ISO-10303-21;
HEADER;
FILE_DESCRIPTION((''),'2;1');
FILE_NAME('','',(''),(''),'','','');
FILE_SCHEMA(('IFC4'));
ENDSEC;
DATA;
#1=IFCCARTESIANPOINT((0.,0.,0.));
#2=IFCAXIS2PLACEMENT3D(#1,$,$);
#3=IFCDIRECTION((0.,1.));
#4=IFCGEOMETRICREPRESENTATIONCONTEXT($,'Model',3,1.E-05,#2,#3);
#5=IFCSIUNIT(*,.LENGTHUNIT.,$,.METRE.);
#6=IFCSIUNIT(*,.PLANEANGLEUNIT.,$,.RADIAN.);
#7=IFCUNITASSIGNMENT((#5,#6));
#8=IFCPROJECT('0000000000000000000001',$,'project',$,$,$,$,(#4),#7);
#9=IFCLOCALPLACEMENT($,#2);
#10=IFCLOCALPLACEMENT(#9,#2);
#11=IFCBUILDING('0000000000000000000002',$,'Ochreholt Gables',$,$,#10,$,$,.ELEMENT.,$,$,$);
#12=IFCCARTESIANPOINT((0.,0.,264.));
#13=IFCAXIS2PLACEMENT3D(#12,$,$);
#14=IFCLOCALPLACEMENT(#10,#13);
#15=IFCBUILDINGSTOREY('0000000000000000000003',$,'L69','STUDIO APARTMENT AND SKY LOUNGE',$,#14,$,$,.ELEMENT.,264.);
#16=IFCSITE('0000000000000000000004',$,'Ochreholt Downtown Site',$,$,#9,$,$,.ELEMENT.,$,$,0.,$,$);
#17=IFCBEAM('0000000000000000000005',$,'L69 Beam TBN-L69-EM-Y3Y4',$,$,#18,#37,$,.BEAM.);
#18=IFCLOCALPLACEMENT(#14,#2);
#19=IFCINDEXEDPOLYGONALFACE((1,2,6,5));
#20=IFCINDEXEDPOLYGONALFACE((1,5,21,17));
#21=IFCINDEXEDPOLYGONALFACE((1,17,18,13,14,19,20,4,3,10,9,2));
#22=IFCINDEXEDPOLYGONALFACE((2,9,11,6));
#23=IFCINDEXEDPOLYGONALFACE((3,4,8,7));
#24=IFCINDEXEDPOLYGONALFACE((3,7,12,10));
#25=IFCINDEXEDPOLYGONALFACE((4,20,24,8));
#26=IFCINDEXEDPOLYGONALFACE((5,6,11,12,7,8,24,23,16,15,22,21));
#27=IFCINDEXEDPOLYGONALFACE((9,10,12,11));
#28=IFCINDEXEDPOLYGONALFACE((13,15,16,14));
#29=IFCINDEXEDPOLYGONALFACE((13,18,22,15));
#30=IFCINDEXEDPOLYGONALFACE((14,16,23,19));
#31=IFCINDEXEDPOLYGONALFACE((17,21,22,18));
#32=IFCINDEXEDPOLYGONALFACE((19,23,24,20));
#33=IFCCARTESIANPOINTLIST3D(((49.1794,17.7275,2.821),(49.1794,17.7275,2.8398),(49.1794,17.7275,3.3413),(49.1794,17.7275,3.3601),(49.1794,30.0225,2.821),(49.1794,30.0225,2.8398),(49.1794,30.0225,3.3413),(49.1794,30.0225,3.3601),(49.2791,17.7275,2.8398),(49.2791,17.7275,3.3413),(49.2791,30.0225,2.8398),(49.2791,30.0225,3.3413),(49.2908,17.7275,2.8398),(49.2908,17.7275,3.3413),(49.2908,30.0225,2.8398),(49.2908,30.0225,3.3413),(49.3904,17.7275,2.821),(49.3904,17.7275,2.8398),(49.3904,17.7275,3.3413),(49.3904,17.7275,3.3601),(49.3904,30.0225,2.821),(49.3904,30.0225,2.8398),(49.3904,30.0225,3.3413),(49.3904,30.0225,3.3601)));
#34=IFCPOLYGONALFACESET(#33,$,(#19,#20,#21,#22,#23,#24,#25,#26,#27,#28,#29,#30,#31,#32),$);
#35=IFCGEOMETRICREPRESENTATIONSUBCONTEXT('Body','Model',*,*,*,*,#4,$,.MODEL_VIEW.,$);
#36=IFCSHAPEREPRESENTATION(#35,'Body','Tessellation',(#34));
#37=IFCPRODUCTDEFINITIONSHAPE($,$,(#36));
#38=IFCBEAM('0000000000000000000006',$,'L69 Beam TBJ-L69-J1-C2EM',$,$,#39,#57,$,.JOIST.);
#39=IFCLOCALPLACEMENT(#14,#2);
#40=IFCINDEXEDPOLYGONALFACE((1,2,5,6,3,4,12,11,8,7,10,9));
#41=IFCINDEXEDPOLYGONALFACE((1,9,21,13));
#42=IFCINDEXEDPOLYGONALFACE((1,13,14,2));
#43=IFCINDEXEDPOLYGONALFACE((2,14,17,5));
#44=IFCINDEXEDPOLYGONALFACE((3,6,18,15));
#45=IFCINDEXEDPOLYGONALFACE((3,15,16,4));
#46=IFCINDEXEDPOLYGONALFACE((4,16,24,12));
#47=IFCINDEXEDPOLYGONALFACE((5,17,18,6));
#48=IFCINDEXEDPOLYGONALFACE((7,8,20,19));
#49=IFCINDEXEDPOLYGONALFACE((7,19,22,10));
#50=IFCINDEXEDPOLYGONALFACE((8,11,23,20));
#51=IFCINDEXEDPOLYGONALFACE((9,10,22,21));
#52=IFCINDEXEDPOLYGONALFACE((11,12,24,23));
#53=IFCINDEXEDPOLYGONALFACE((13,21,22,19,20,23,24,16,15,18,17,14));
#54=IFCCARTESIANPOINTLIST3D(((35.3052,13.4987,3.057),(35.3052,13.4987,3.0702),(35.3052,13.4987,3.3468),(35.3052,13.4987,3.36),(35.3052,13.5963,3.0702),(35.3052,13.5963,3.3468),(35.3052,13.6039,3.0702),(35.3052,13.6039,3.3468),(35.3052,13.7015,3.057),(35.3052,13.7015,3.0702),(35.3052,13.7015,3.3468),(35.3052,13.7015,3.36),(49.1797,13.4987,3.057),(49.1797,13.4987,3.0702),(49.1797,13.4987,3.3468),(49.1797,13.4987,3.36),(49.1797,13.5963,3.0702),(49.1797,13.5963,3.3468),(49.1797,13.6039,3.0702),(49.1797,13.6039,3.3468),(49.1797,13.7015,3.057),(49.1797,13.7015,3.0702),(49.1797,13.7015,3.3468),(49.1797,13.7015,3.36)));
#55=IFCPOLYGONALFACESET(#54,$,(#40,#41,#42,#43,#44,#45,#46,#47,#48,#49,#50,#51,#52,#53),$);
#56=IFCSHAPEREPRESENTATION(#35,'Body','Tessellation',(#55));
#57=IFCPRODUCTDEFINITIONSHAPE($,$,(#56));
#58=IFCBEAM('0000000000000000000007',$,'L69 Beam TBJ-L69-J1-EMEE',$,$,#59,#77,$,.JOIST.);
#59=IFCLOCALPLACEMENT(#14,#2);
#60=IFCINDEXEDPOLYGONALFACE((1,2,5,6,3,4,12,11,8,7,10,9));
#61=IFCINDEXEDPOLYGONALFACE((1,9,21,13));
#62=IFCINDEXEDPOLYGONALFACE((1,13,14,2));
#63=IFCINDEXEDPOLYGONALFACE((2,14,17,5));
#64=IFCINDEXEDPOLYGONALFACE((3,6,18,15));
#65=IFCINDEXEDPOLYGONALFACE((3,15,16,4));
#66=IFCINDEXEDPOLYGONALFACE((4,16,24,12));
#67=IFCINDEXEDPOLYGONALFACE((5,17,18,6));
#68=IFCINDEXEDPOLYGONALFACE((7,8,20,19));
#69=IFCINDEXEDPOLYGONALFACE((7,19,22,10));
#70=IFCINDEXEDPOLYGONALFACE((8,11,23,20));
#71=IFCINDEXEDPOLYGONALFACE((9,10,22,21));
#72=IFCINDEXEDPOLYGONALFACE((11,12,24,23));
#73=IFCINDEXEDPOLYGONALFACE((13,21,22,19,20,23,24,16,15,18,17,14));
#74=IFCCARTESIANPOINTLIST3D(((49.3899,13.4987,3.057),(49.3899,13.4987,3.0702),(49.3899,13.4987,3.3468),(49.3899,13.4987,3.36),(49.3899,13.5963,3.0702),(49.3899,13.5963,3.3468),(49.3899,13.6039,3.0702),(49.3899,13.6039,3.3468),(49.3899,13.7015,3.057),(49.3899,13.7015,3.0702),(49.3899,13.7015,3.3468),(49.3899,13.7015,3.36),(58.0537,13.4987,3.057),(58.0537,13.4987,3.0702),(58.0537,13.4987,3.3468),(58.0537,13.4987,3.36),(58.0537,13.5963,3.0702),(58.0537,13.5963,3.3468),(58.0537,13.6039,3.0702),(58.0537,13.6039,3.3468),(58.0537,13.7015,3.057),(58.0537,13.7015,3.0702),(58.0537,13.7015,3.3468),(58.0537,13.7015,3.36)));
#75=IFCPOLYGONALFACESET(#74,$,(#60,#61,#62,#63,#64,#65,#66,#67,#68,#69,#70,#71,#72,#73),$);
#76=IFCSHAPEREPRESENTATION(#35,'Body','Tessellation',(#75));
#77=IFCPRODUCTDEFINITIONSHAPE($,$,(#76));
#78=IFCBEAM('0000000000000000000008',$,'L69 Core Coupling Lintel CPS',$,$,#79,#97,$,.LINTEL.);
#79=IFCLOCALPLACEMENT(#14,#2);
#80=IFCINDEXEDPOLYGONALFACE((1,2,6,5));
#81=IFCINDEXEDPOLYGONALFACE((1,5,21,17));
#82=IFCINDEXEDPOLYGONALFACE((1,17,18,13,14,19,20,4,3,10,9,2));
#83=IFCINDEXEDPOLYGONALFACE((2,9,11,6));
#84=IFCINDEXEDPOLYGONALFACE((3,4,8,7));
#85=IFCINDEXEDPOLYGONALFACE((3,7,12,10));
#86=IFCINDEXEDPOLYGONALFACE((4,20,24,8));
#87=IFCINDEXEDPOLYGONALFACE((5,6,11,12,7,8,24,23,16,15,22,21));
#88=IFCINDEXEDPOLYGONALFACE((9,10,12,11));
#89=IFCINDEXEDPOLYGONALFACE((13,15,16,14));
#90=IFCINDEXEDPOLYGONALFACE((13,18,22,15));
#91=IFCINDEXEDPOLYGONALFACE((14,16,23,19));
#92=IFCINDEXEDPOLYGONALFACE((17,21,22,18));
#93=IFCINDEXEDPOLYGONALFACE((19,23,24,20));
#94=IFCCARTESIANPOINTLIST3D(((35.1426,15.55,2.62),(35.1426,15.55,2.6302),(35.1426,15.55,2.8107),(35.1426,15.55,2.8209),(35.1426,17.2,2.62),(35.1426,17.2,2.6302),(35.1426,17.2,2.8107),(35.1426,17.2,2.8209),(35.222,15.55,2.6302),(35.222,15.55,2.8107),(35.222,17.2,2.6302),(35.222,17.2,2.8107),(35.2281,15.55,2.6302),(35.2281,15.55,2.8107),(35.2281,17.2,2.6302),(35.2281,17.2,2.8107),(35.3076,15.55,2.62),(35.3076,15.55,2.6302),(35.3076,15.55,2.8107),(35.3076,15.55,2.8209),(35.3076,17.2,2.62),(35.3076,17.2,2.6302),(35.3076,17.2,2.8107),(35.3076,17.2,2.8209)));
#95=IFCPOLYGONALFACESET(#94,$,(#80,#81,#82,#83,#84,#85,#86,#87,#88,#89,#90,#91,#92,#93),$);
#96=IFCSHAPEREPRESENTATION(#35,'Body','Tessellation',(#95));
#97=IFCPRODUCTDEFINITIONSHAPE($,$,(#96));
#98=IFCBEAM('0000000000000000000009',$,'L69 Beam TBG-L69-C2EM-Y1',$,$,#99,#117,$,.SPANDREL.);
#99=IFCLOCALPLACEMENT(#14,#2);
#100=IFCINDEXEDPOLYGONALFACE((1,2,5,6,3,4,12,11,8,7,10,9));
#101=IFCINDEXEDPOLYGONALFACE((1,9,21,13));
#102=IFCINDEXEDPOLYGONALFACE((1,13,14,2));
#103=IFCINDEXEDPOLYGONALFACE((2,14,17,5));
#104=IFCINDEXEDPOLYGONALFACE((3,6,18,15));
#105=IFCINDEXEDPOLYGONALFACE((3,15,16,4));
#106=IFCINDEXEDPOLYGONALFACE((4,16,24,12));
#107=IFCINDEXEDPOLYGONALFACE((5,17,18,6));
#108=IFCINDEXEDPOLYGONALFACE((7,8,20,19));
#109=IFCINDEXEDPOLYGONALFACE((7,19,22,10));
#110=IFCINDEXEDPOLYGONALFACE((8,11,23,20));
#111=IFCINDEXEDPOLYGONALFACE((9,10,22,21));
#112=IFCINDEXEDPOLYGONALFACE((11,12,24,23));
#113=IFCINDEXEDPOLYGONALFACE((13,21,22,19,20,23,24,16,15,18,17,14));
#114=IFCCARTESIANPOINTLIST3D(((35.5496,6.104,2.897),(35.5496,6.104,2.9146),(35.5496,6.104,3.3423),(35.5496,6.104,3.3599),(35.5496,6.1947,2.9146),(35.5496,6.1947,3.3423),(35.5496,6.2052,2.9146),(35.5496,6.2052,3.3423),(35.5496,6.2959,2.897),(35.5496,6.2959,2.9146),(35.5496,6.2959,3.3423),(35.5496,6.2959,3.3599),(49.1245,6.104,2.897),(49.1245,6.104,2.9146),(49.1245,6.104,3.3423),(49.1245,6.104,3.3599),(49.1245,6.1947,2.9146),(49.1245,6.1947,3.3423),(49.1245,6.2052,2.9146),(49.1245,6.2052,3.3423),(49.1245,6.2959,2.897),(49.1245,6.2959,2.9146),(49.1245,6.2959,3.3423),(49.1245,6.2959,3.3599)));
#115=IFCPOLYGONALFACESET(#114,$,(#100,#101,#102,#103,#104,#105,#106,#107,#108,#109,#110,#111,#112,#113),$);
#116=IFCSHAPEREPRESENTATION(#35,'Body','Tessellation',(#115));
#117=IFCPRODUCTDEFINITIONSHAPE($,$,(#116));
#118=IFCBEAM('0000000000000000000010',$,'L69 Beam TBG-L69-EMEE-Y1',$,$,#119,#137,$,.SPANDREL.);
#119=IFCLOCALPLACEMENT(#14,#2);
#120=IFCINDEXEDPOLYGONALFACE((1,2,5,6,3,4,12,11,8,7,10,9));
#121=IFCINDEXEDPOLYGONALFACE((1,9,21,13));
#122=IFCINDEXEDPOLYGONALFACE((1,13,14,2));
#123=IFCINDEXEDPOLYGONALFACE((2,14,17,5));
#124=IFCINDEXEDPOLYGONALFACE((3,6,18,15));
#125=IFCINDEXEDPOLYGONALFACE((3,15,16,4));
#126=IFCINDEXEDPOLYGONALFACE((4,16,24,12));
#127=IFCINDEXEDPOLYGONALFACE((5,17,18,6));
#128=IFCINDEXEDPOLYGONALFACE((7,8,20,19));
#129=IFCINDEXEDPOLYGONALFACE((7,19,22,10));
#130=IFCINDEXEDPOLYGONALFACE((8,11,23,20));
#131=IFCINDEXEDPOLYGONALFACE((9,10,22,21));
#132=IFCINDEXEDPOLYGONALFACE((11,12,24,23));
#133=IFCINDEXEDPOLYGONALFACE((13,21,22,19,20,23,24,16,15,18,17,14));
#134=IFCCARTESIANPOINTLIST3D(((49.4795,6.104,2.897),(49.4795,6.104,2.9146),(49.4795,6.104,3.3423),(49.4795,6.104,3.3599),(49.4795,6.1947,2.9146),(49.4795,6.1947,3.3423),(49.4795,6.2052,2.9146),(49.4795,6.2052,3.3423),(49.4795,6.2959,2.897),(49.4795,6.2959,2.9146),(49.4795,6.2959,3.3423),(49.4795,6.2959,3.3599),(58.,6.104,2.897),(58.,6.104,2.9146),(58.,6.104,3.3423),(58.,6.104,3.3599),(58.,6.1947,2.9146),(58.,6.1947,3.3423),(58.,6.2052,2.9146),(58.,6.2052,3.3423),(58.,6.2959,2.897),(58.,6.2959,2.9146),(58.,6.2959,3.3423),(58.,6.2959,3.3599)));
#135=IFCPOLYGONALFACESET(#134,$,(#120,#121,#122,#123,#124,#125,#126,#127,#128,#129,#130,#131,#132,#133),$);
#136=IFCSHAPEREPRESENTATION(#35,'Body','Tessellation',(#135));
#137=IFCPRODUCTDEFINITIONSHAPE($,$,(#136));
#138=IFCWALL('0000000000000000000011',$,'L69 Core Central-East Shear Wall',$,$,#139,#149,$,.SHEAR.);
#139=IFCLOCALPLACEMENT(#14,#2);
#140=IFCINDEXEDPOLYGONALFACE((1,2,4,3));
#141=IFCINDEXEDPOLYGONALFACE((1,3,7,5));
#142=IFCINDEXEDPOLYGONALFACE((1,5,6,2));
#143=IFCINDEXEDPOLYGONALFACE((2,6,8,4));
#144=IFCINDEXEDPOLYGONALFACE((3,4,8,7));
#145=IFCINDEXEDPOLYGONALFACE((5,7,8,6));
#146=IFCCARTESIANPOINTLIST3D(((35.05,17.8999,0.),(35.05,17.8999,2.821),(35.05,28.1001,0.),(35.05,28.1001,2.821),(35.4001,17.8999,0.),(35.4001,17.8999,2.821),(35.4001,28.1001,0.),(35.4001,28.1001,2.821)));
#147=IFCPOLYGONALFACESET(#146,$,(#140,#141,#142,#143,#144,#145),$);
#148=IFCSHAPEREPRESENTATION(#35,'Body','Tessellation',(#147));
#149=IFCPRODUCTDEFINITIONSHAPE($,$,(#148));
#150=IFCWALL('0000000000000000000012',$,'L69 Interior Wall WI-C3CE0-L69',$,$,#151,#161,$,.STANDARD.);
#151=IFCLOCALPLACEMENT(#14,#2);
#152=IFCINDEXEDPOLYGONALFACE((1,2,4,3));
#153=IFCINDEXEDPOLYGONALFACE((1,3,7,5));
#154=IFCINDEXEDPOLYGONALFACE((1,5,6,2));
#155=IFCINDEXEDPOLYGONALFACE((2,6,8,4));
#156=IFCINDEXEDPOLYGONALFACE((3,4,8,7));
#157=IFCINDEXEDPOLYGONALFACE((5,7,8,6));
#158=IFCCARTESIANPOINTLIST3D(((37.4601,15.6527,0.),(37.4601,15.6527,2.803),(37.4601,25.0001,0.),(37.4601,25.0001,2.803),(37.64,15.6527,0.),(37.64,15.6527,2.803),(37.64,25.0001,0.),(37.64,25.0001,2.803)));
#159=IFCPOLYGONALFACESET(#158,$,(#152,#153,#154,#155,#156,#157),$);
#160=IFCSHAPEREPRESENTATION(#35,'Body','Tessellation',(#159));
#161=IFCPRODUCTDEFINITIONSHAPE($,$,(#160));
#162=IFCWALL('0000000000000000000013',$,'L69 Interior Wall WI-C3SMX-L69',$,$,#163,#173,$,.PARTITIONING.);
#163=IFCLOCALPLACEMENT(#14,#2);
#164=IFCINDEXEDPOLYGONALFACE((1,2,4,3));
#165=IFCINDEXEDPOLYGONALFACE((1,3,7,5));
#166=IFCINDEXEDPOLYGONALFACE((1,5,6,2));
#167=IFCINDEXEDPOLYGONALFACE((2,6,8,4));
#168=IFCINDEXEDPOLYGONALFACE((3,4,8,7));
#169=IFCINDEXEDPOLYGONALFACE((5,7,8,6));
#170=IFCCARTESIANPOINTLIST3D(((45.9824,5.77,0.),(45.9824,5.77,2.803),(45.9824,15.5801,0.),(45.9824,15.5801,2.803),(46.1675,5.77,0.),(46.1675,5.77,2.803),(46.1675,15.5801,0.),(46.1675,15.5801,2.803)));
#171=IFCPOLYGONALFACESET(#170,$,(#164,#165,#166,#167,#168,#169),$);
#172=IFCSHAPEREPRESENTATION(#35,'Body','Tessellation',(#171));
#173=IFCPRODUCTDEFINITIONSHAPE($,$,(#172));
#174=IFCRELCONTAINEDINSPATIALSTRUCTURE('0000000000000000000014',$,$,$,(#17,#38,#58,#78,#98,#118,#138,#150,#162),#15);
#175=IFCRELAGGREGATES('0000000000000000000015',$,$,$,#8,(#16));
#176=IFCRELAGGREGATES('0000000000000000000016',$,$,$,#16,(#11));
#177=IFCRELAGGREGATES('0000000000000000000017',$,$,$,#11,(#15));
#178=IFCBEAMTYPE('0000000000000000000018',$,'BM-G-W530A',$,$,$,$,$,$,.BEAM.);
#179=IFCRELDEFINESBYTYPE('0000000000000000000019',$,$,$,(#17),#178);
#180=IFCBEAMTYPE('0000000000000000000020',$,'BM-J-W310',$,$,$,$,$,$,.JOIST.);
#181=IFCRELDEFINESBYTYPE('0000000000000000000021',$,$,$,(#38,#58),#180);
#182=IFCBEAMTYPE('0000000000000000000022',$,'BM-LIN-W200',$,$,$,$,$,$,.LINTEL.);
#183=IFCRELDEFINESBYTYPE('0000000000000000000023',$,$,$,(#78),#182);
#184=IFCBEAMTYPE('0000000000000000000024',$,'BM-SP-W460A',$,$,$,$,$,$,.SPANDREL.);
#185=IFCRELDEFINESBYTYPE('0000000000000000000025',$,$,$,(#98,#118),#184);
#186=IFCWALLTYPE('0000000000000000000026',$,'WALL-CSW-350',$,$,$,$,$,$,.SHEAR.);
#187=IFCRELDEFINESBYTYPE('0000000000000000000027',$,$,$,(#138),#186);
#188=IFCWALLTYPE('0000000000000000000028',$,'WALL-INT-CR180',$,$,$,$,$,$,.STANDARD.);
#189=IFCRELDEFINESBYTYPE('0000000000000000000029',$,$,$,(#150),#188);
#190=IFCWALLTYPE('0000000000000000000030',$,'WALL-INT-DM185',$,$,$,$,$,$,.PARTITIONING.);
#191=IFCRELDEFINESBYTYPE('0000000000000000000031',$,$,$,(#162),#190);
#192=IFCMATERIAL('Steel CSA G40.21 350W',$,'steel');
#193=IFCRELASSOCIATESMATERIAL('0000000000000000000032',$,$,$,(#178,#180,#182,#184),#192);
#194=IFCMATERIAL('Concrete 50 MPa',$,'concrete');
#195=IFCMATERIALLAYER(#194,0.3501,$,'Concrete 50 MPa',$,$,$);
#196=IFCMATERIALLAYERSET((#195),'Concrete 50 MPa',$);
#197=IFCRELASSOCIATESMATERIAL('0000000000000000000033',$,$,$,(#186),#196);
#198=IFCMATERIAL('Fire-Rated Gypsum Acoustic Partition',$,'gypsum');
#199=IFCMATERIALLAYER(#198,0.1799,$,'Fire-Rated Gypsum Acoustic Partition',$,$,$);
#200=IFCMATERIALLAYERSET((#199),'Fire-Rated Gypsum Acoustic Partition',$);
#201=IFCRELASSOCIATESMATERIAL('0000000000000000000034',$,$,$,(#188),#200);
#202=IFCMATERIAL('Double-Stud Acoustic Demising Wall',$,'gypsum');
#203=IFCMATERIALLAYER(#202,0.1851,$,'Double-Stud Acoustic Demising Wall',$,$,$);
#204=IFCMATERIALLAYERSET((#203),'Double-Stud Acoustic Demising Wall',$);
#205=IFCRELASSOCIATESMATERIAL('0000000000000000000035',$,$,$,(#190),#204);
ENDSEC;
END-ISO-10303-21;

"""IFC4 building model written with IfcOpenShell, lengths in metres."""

from ifc_helpers import new_model, si_unit, direction, frame, frame_2d, origin, origin_2d, place, context, subcontext, project, spatial, rectangle, i_section, extrude, material, layer, layer_set, material_profile, profile_set, type_object, element, save


model = new_model("IFC4")

# Units and contexts
model_context = context("Model", 3, precision=1e-05, world=origin(), true_north=direction((0.0, 1.0)))
body_context = subcontext(model_context, "Body", "Model", "MODEL_VIEW")
ifc_project = project(units=[si_unit("LENGTHUNIT", "METRE"), si_unit("PLANEANGLEUNIT", "RADIAN")], contexts=[model_context])

# Site, building, storey
site_placement = place(None, origin())
site = spatial("IfcSite", under=ifc_project, at=site_placement, Name="Ochreholt Downtown Site", CompositionType="ELEMENT", RefElevation=0.0)
building_placement = place(site_placement, origin())
building = spatial("IfcBuilding", under=site, at=building_placement, Name="Ochreholt Gables", CompositionType="ELEMENT")
storey_placement = place(building_placement, frame((0.0, 0.0, 264.0)))
storey = spatial("IfcBuildingStorey", under=building, at=storey_placement, Name="L69", Description="STUDIO APARTMENT AND SKY LOUNGE", CompositionType="ELEMENT", Elevation=264.0)

# Shared definitions
ifc_material_1 = material(Name="Steel CSA G40.21 350W", Category="steel")

# Beams
ifc_material_profile_1 = material_profile(ifc_material_1, i_section(OverallWidth=0.2109, OverallDepth=0.5391, WebThickness=0.0117, FlangeThickness=0.0188, at=origin_2d()), Name="W530X109")
ifc_profile_set_1 = profile_set([ifc_material_profile_1], Name="Steel CSA G40.21 350W")
beam_type_1 = type_object("IfcBeamType", Name="BM-G-W530A", PredefinedType="BEAM", material=ifc_profile_set_1)
beam_1_placement = place(storey_placement, frame((49.2849, 17.7275, 3.0906), z_axis=(0.0, 1.0, 0.0), x_axis=(-1.0, 0.0, 0.0)))
element("IfcBeam", 1, at=beam_1_placement, inside=storey, type_object=beam_type_1, Name="L69 Beam TBN-L69-EM-Y3Y4", PredefinedType="BEAM", context=body_context, shape_type="SweptSolid", body=[
    extrude(i_section(OverallWidth=0.2109, OverallDepth=0.5391, WebThickness=0.0117, FlangeThickness=0.0188, at=origin_2d()), origin(), (0.0, 0.0, 1.0), 12.2949),
])
ifc_material_profile_2 = material_profile(ifc_material_1, i_section(OverallWidth=0.2029, OverallDepth=0.303, WebThickness=0.0076, FlangeThickness=0.0132, at=origin_2d()), Name="W310X60")
ifc_profile_set_2 = profile_set([ifc_material_profile_2], Name="Steel CSA G40.21 350W")
beam_type_2 = type_object("IfcBeamType", Name="BM-J-W310", PredefinedType="JOIST", material=ifc_profile_set_2)
beam_2_placement = place(storey_placement, frame((35.3052, 13.6001, 3.2085), z_axis=(1.0, 0.0, 0.0), x_axis=(0.0, 1.0, 0.0)))
element("IfcBeam", 2, at=beam_2_placement, inside=storey, type_object=beam_type_2, Name="L69 Beam TBJ-L69-J1-C2EM", PredefinedType="JOIST", context=body_context, shape_type="SweptSolid", body=[
    extrude(i_section(OverallWidth=0.2029, OverallDepth=0.303, WebThickness=0.0076, FlangeThickness=0.0132, at=origin_2d()), origin(), (0.0, 0.0, 1.0), 13.8745),
])
beam_3_placement = place(storey_placement, frame((49.3899, 13.6001, 3.2085), z_axis=(1.0, 0.0, 0.0), x_axis=(0.0, 1.0, 0.0)))
element("IfcBeam", 3, at=beam_3_placement, inside=storey, type_object=beam_type_2, Name="L69 Beam TBJ-L69-J1-EMEE", PredefinedType="JOIST", context=body_context, shape_type="SweptSolid", body=[
    extrude(i_section(OverallWidth=0.2029, OverallDepth=0.303, WebThickness=0.0076, FlangeThickness=0.0132, at=origin_2d()), origin(), (0.0, 0.0, 1.0), 8.6638),
])
ifc_material_profile_3 = material_profile(ifc_material_1, i_section(OverallWidth=0.165, OverallDepth=0.2009, WebThickness=0.0061, FlangeThickness=0.0103, at=origin_2d()), Name="W200X36")
ifc_profile_set_3 = profile_set([ifc_material_profile_3], Name="Steel CSA G40.21 350W")
beam_type_3 = type_object("IfcBeamType", Name="BM-LIN-W200", PredefinedType="LINTEL", material=ifc_profile_set_3)
beam_4_placement = place(storey_placement, frame((35.2251, 15.55, 2.7205), z_axis=(0.0, 1.0, 0.0), x_axis=(-1.0, 0.0, 0.0)))
element("IfcBeam", 4, at=beam_4_placement, inside=storey, type_object=beam_type_3, Name="L69 Core Coupling Lintel CPS", PredefinedType="LINTEL", context=body_context, shape_type="SweptSolid", body=[
    extrude(i_section(OverallWidth=0.165, OverallDepth=0.2009, WebThickness=0.0061, FlangeThickness=0.0103, at=origin_2d()), origin(), (0.0, 0.0, 1.0), 1.6499),
])
ifc_material_profile_4 = material_profile(ifc_material_1, i_section(OverallWidth=0.1919, OverallDepth=0.4629, WebThickness=0.0105, FlangeThickness=0.0176, at=origin_2d()), Name="W460X89")
ifc_profile_set_4 = profile_set([ifc_material_profile_4], Name="Steel CSA G40.21 350W")
beam_type_4 = type_object("IfcBeamType", Name="BM-SP-W460A", PredefinedType="SPANDREL", material=ifc_profile_set_4)
beam_5_placement = place(storey_placement, frame((35.5496, 6.2, 3.1284), z_axis=(1.0, 0.0, 0.0), x_axis=(0.0, 1.0, 0.0)))
element("IfcBeam", 5, at=beam_5_placement, inside=storey, type_object=beam_type_4, Name="L69 Beam TBG-L69-C2EM-Y1", PredefinedType="SPANDREL", context=body_context, shape_type="SweptSolid", body=[
    extrude(i_section(OverallWidth=0.1919, OverallDepth=0.4629, WebThickness=0.0105, FlangeThickness=0.0176, at=origin_2d()), origin(), (0.0, 0.0, 1.0), 13.575),
])
beam_6_placement = place(storey_placement, frame((49.4795, 6.2, 3.1284), z_axis=(1.0, 0.0, 0.0), x_axis=(0.0, 1.0, 0.0)))
element("IfcBeam", 6, at=beam_6_placement, inside=storey, type_object=beam_type_4, Name="L69 Beam TBG-L69-EMEE-Y1", PredefinedType="SPANDREL", context=body_context, shape_type="SweptSolid", body=[
    extrude(i_section(OverallWidth=0.1919, OverallDepth=0.4629, WebThickness=0.0105, FlangeThickness=0.0176, at=origin_2d()), origin(), (0.0, 0.0, 1.0), 8.5205),
])

# Walls
ifc_material_2 = material(Name="Concrete 50 MPa", Category="concrete")
ifc_layer_1 = layer(ifc_material_2, 0.3501, Name="Concrete 50 MPa")
ifc_layer_set_1 = layer_set([ifc_layer_1], Name="Concrete 50 MPa")
wall_type_1 = type_object("IfcWallType", Name="WALL-CSW-350", PredefinedType="SHEAR", material=ifc_layer_set_1)
wall_1_placement = place(storey_placement, frame((35.2251, 17.8999, 0.0), z_axis=(0.0, 0.0, 1.0), x_axis=(0.0, 1.0, 0.0)))
element("IfcWall", 7, at=wall_1_placement, inside=storey, type_object=wall_type_1, Name="L69 Core Central-East Shear Wall", PredefinedType="SHEAR", context=body_context, shape_type="SweptSolid", body=[
    extrude(rectangle(XDim=10.2002, YDim=0.3501, at=frame_2d((5.1001, 0.0))), origin(), (0.0, 0.0, 1.0), 2.821),
])
ifc_material_3 = material(Name="Fire-Rated Gypsum Acoustic Partition", Category="gypsum")
ifc_layer_2 = layer(ifc_material_3, 0.1799, Name="Fire-Rated Gypsum Acoustic Partition")
ifc_layer_set_2 = layer_set([ifc_layer_2], Name="Fire-Rated Gypsum Acoustic Partition")
wall_type_2 = type_object("IfcWallType", Name="WALL-INT-CR180", PredefinedType="STANDARD", material=ifc_layer_set_2)
wall_2_placement = place(storey_placement, frame((37.55, 15.6526, 0.0), z_axis=(0.0, 0.0, 1.0), x_axis=(0.0, 1.0, 0.0)))
element("IfcWall", 8, at=wall_2_placement, inside=storey, type_object=wall_type_2, Name="L69 Interior Wall WI-C3CE0-L69", PredefinedType="STANDARD", context=body_context, shape_type="SweptSolid", body=[
    extrude(rectangle(XDim=9.3474, YDim=0.1799, at=frame_2d((4.6738, 0.0))), origin(), (0.0, 0.0, 1.0), 2.803),
])
ifc_material_4 = material(Name="Double-Stud Acoustic Demising Wall", Category="gypsum")
ifc_layer_3 = layer(ifc_material_4, 0.1851, Name="Double-Stud Acoustic Demising Wall")
ifc_layer_set_3 = layer_set([ifc_layer_3], Name="Double-Stud Acoustic Demising Wall")
wall_type_3 = type_object("IfcWallType", Name="WALL-INT-DM185", PredefinedType="PARTITIONING", material=ifc_layer_set_3)
wall_3_placement = place(storey_placement, frame((46.075, 5.77, 0.0), z_axis=(0.0, 0.0, 1.0), x_axis=(0.0, 1.0, 0.0)))
element("IfcWall", 9, at=wall_3_placement, inside=storey, type_object=wall_type_3, Name="L69 Interior Wall WI-C3SMX-L69", PredefinedType="PARTITIONING", context=body_context, shape_type="SweptSolid", body=[
    extrude(rectangle(XDim=9.8101, YDim=0.1851, at=frame_2d((4.905, 0.0))), origin(), (0.0, 0.0, 1.0), 2.803),
])

save(model, "model.ifc")
